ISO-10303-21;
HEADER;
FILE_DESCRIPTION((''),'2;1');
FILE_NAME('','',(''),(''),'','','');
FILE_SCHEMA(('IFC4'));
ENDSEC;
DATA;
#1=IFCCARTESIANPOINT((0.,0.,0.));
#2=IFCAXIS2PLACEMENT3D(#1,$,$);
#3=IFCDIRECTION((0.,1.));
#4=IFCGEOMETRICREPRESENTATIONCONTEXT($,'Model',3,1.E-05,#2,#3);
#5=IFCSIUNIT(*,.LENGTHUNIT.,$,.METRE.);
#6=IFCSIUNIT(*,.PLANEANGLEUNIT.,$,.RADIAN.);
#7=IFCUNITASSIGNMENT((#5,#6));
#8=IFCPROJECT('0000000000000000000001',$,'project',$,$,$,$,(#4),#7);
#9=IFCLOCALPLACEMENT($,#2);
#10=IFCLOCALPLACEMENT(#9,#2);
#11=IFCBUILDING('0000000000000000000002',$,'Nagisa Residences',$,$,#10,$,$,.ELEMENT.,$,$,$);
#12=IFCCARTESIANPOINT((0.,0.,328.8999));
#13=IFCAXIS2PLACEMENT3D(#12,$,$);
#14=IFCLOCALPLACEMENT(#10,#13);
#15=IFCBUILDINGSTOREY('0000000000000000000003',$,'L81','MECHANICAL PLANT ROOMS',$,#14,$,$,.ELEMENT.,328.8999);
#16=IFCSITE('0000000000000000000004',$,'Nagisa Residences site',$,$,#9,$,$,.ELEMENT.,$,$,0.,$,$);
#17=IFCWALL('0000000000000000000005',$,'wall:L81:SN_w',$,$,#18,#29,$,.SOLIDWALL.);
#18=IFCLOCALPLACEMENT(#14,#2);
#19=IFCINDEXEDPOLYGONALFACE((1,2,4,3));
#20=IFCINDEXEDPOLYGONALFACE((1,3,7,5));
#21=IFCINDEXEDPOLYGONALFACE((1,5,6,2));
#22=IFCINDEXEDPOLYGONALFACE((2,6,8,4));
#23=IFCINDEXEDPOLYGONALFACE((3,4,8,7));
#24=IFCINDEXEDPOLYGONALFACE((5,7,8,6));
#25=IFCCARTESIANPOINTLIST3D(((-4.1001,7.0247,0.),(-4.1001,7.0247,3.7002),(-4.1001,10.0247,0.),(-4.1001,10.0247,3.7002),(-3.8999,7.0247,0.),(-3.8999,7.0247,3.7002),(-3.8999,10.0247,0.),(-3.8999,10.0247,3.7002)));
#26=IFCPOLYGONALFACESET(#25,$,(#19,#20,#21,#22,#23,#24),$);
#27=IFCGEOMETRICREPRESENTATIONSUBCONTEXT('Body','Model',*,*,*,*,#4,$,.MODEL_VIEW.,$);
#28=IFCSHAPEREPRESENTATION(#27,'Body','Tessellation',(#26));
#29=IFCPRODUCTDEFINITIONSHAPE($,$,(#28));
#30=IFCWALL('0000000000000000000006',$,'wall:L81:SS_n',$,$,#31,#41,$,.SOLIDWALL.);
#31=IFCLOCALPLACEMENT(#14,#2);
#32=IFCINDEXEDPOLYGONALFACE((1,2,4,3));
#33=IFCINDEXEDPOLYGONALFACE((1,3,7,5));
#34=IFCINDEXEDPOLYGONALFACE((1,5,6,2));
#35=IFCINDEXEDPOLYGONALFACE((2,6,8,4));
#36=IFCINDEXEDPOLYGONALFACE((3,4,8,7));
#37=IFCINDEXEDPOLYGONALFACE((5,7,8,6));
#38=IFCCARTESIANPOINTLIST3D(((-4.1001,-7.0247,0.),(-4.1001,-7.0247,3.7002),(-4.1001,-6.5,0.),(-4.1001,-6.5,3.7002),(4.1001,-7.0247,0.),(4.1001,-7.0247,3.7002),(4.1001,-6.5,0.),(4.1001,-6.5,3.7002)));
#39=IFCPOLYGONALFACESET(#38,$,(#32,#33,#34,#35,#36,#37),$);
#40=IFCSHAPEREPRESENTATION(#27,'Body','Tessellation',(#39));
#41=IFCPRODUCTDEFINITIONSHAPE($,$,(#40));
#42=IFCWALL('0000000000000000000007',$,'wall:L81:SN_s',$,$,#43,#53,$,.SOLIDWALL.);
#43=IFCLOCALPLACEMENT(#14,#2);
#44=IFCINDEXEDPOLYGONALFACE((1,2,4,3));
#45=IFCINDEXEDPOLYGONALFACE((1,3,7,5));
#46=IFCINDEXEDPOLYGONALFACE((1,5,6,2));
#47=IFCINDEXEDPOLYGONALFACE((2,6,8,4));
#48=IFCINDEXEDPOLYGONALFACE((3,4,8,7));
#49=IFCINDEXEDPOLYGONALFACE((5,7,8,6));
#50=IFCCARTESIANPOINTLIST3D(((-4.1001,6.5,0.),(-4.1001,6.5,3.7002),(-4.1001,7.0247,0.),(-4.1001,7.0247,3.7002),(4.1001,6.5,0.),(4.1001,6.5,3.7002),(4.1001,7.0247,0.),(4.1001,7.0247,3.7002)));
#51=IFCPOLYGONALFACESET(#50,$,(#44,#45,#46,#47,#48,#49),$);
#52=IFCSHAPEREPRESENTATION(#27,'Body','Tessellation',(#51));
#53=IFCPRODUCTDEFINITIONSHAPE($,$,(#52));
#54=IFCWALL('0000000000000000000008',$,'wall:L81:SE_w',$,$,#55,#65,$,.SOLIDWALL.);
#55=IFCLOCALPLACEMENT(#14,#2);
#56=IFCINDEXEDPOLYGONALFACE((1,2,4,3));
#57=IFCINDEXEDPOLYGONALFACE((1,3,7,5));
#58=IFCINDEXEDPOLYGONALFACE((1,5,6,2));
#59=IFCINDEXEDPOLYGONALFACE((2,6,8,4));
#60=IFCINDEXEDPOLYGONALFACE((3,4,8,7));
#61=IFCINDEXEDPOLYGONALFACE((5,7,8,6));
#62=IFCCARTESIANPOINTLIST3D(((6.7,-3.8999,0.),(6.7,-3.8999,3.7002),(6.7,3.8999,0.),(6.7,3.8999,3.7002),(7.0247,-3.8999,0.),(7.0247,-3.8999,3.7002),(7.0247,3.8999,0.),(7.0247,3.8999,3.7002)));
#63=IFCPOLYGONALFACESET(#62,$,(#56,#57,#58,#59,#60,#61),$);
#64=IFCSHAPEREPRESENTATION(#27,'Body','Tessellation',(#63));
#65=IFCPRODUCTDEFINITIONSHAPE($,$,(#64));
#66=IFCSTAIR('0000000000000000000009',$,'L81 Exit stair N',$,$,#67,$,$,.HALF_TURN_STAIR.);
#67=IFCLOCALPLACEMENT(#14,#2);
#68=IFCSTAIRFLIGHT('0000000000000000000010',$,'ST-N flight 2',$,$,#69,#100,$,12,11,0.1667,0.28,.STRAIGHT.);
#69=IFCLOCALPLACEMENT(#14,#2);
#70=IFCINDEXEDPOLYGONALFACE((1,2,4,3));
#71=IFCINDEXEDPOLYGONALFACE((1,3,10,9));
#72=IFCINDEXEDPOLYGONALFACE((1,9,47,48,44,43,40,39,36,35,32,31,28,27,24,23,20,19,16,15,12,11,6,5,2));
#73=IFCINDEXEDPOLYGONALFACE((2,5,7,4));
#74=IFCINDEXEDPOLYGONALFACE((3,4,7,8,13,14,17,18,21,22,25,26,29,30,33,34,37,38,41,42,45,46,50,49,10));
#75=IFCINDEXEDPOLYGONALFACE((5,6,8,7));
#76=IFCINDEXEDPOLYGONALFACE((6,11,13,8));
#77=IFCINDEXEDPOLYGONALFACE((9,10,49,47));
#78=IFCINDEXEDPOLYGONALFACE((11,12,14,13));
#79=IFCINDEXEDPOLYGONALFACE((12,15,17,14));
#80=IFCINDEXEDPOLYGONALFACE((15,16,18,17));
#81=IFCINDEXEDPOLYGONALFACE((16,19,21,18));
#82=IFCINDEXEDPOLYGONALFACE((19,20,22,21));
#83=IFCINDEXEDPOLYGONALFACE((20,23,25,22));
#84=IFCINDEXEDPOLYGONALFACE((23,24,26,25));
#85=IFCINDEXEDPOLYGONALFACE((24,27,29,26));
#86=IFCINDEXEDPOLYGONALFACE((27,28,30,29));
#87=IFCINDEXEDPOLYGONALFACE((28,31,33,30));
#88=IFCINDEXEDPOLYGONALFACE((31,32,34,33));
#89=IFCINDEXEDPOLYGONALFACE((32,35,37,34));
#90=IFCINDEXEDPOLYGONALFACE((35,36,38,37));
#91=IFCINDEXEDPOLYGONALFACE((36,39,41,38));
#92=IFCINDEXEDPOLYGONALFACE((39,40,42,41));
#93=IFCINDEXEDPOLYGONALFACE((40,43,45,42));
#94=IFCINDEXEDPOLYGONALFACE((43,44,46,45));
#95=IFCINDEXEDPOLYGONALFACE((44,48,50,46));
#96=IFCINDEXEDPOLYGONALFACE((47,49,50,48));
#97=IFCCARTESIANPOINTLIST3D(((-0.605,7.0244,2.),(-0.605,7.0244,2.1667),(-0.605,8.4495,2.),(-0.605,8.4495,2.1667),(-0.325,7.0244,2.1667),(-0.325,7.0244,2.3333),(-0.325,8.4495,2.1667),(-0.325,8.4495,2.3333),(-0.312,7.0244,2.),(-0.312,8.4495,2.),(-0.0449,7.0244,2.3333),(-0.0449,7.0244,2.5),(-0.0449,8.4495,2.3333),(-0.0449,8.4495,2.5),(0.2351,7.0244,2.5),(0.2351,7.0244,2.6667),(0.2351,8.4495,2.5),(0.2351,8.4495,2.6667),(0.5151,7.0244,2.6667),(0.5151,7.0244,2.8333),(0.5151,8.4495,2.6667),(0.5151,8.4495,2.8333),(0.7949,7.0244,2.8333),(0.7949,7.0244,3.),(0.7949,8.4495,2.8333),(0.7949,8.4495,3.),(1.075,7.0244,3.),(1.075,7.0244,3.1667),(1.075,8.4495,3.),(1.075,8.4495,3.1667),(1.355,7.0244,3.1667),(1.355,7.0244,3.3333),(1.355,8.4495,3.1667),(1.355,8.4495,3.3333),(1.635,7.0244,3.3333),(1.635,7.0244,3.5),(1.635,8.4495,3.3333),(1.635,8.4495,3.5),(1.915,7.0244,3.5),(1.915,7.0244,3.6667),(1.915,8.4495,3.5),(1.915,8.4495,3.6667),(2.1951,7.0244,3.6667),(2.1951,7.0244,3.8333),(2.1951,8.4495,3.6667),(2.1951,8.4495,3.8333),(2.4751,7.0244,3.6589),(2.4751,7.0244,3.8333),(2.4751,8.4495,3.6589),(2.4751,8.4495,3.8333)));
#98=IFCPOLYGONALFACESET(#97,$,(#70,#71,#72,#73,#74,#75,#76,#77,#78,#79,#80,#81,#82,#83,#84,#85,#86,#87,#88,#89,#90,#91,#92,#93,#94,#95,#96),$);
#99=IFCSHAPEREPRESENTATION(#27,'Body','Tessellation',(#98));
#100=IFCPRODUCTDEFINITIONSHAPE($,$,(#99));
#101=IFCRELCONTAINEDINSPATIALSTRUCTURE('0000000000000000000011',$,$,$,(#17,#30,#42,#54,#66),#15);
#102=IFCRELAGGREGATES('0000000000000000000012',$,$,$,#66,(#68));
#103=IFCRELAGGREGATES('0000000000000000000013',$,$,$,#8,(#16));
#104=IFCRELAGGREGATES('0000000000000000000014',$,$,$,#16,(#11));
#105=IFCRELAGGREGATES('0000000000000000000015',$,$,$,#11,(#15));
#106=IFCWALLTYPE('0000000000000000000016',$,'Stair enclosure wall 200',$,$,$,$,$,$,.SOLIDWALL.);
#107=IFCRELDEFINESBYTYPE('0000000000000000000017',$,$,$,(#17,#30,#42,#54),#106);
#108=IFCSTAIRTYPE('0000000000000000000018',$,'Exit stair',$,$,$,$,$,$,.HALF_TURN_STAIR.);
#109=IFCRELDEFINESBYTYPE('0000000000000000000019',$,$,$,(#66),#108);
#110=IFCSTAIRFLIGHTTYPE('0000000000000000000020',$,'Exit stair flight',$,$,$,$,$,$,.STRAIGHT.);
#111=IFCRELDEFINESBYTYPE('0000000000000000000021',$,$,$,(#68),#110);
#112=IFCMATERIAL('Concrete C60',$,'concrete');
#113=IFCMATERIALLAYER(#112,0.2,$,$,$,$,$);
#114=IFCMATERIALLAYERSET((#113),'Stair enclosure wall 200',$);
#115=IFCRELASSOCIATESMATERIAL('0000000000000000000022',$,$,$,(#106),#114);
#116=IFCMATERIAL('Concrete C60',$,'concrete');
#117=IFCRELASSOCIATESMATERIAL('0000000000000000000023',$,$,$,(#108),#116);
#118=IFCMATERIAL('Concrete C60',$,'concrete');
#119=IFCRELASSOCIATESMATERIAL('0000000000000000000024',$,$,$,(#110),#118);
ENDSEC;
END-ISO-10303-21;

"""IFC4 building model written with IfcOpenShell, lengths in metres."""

from ifc_helpers import new_model, si_unit, direction, frame, origin, place, context, subcontext, project, spatial, polyline, outline, extrude, material, layer, layer_set, type_object, element, aggregate, save


model = new_model("IFC4")

# Units and contexts
model_context = context("Model", 3, precision=1e-05, world=origin(), true_north=direction((0.0, 1.0)))
body_context = subcontext(model_context, "Body", "Model", "MODEL_VIEW")
ifc_project = project(units=[si_unit("LENGTHUNIT", "METRE"), si_unit("PLANEANGLEUNIT", "RADIAN")], contexts=[model_context])

# Site, building, storey
site_placement = place(None, origin())
site = spatial("IfcSite", under=ifc_project, at=site_placement, Name="Nagisa Residences site", CompositionType="ELEMENT", RefElevation=0.0)
building_placement = place(site_placement, origin())
building = spatial("IfcBuilding", under=site, at=building_placement, Name="Nagisa Residences", CompositionType="ELEMENT")
storey_placement = place(building_placement, frame((0.0, 0.0, 328.8999)))
storey = spatial("IfcBuildingStorey", under=building, at=storey_placement, Name="L81", Description="MECHANICAL PLANT ROOMS", CompositionType="ELEMENT", Elevation=328.8999)

# Walls
ifc_material_1 = material(Name="Concrete C60", Category="concrete")
ifc_layer_1 = layer(ifc_material_1, 0.2)
ifc_layer_set_1 = layer_set([ifc_layer_1], Name="Stair enclosure wall 200")
wall_type_1 = type_object("IfcWallType", Name="Stair enclosure wall 200", PredefinedType="SOLIDWALL", material=ifc_layer_set_1)
wall_1_placement = place(storey_placement, origin())
element("IfcWall", 1, at=wall_1_placement, inside=storey, type_object=wall_type_1, Name="wall:L81:SN_w", PredefinedType="SOLIDWALL", context=body_context, shape_type="SweptSolid", body=[
    extrude(outline(polyline([(-3.8999, 7.0247), (-4.1001, 7.0247), (-4.1001, 10.0247), (-3.8999, 10.0247), (-3.8999, 7.0247)])), origin(), (0.0, 0.0, 1.0), 3.7002),
])
wall_2_placement = place(storey_placement, origin())
element("IfcWall", 2, at=wall_2_placement, inside=storey, type_object=wall_type_1, Name="wall:L81:SS_n", PredefinedType="SOLIDWALL", context=body_context, shape_type="SweptSolid", body=[
    extrude(outline(polyline([(4.1001, -7.0247), (-4.1001, -7.0247), (-4.1001, -6.5), (4.1001, -6.5), (4.1001, -7.0247)])), origin(), (0.0, 0.0, 1.0), 3.7002),
])
wall_3_placement = place(storey_placement, origin())
element("IfcWall", 3, at=wall_3_placement, inside=storey, type_object=wall_type_1, Name="wall:L81:SN_s", PredefinedType="SOLIDWALL", context=body_context, shape_type="SweptSolid", body=[
    extrude(outline(polyline([(4.1001, 6.5), (-4.1001, 6.5), (-4.1001, 7.0247), (4.1001, 7.0247), (4.1001, 6.5)])), origin(), (0.0, 0.0, 1.0), 3.7002),
])
wall_4_placement = place(storey_placement, origin())
element("IfcWall", 4, at=wall_4_placement, inside=storey, type_object=wall_type_1, Name="wall:L81:SE_w", PredefinedType="SOLIDWALL", context=body_context, shape_type="SweptSolid", body=[
    extrude(outline(polyline([(7.0247, -3.8999), (6.7, -3.8999), (6.7, 3.8999), (7.0247, 3.8999), (7.0247, -3.8999)])), origin(), (0.0, 0.0, 1.0), 3.7002),
])

# Stair, stair flight
ifc_material_2 = material(Name="Concrete C60", Category="concrete")
stair_type = type_object("IfcStairType", Name="Exit stair", PredefinedType="HALF_TURN_STAIR", material=ifc_material_2)
stair_placement = place(storey_placement, origin())
stair = element("IfcStair", 5, at=stair_placement, inside=storey, type_object=stair_type, Name="L81 Exit stair N", PredefinedType="HALF_TURN_STAIR")
ifc_material_3 = material(Name="Concrete C60", Category="concrete")
stair_flight_type = type_object("IfcStairFlightType", Name="Exit stair flight", PredefinedType="STRAIGHT", material=ifc_material_3)
stair_flight_placement = place(storey_placement, frame((-0.605, 7.7371, 2.0), z_axis=(0.0, 0.0, 1.0), x_axis=(1.0, 0.0, 0.0)))
stair_flight = element("IfcStairFlight", 6, at=stair_flight_placement, type_object=stair_flight_type, Name="ST-N flight 2", NumberOfRisers=12, NumberOfTreads=11, PredefinedType="STRAIGHT", RiserHeight=0.1667, TreadLength=0.28, context=body_context, shape_type="SweptSolid", body=[
    extrude(outline(polyline([(0.0, 0.0), (0.0, 0.1667), (0.28, 0.1667), (0.28, 0.3333), (0.5601, 0.3333), (0.5601, 0.5), (0.8401, 0.5), (0.8401, 0.6667), (1.1201, 0.6667), (1.1201, 0.8333), (1.3999, 0.8333), (1.3999, 1.0), (1.6799, 1.0), (1.6799, 1.1667), (1.96, 1.1667), (1.96, 1.3333), (2.24, 1.3333), (2.24, 1.5), (2.52, 1.5), (2.52, 1.6667), (2.8, 1.6667), (2.8, 1.8333), (3.0801, 1.8333), (3.0801, 2.0), (3.0801, 1.6589), (0.293, 0.0), (0.0, 0.0)])), frame((0.0, 0.7124, 0.0), z_axis=(0.0, -1.0, 0.0), x_axis=(1.0, 0.0, 0.0)), (0.0, 0.0, 1.0), 1.425),
])
aggregate(stair, [stair_flight])

save(model, "model.ifc")
